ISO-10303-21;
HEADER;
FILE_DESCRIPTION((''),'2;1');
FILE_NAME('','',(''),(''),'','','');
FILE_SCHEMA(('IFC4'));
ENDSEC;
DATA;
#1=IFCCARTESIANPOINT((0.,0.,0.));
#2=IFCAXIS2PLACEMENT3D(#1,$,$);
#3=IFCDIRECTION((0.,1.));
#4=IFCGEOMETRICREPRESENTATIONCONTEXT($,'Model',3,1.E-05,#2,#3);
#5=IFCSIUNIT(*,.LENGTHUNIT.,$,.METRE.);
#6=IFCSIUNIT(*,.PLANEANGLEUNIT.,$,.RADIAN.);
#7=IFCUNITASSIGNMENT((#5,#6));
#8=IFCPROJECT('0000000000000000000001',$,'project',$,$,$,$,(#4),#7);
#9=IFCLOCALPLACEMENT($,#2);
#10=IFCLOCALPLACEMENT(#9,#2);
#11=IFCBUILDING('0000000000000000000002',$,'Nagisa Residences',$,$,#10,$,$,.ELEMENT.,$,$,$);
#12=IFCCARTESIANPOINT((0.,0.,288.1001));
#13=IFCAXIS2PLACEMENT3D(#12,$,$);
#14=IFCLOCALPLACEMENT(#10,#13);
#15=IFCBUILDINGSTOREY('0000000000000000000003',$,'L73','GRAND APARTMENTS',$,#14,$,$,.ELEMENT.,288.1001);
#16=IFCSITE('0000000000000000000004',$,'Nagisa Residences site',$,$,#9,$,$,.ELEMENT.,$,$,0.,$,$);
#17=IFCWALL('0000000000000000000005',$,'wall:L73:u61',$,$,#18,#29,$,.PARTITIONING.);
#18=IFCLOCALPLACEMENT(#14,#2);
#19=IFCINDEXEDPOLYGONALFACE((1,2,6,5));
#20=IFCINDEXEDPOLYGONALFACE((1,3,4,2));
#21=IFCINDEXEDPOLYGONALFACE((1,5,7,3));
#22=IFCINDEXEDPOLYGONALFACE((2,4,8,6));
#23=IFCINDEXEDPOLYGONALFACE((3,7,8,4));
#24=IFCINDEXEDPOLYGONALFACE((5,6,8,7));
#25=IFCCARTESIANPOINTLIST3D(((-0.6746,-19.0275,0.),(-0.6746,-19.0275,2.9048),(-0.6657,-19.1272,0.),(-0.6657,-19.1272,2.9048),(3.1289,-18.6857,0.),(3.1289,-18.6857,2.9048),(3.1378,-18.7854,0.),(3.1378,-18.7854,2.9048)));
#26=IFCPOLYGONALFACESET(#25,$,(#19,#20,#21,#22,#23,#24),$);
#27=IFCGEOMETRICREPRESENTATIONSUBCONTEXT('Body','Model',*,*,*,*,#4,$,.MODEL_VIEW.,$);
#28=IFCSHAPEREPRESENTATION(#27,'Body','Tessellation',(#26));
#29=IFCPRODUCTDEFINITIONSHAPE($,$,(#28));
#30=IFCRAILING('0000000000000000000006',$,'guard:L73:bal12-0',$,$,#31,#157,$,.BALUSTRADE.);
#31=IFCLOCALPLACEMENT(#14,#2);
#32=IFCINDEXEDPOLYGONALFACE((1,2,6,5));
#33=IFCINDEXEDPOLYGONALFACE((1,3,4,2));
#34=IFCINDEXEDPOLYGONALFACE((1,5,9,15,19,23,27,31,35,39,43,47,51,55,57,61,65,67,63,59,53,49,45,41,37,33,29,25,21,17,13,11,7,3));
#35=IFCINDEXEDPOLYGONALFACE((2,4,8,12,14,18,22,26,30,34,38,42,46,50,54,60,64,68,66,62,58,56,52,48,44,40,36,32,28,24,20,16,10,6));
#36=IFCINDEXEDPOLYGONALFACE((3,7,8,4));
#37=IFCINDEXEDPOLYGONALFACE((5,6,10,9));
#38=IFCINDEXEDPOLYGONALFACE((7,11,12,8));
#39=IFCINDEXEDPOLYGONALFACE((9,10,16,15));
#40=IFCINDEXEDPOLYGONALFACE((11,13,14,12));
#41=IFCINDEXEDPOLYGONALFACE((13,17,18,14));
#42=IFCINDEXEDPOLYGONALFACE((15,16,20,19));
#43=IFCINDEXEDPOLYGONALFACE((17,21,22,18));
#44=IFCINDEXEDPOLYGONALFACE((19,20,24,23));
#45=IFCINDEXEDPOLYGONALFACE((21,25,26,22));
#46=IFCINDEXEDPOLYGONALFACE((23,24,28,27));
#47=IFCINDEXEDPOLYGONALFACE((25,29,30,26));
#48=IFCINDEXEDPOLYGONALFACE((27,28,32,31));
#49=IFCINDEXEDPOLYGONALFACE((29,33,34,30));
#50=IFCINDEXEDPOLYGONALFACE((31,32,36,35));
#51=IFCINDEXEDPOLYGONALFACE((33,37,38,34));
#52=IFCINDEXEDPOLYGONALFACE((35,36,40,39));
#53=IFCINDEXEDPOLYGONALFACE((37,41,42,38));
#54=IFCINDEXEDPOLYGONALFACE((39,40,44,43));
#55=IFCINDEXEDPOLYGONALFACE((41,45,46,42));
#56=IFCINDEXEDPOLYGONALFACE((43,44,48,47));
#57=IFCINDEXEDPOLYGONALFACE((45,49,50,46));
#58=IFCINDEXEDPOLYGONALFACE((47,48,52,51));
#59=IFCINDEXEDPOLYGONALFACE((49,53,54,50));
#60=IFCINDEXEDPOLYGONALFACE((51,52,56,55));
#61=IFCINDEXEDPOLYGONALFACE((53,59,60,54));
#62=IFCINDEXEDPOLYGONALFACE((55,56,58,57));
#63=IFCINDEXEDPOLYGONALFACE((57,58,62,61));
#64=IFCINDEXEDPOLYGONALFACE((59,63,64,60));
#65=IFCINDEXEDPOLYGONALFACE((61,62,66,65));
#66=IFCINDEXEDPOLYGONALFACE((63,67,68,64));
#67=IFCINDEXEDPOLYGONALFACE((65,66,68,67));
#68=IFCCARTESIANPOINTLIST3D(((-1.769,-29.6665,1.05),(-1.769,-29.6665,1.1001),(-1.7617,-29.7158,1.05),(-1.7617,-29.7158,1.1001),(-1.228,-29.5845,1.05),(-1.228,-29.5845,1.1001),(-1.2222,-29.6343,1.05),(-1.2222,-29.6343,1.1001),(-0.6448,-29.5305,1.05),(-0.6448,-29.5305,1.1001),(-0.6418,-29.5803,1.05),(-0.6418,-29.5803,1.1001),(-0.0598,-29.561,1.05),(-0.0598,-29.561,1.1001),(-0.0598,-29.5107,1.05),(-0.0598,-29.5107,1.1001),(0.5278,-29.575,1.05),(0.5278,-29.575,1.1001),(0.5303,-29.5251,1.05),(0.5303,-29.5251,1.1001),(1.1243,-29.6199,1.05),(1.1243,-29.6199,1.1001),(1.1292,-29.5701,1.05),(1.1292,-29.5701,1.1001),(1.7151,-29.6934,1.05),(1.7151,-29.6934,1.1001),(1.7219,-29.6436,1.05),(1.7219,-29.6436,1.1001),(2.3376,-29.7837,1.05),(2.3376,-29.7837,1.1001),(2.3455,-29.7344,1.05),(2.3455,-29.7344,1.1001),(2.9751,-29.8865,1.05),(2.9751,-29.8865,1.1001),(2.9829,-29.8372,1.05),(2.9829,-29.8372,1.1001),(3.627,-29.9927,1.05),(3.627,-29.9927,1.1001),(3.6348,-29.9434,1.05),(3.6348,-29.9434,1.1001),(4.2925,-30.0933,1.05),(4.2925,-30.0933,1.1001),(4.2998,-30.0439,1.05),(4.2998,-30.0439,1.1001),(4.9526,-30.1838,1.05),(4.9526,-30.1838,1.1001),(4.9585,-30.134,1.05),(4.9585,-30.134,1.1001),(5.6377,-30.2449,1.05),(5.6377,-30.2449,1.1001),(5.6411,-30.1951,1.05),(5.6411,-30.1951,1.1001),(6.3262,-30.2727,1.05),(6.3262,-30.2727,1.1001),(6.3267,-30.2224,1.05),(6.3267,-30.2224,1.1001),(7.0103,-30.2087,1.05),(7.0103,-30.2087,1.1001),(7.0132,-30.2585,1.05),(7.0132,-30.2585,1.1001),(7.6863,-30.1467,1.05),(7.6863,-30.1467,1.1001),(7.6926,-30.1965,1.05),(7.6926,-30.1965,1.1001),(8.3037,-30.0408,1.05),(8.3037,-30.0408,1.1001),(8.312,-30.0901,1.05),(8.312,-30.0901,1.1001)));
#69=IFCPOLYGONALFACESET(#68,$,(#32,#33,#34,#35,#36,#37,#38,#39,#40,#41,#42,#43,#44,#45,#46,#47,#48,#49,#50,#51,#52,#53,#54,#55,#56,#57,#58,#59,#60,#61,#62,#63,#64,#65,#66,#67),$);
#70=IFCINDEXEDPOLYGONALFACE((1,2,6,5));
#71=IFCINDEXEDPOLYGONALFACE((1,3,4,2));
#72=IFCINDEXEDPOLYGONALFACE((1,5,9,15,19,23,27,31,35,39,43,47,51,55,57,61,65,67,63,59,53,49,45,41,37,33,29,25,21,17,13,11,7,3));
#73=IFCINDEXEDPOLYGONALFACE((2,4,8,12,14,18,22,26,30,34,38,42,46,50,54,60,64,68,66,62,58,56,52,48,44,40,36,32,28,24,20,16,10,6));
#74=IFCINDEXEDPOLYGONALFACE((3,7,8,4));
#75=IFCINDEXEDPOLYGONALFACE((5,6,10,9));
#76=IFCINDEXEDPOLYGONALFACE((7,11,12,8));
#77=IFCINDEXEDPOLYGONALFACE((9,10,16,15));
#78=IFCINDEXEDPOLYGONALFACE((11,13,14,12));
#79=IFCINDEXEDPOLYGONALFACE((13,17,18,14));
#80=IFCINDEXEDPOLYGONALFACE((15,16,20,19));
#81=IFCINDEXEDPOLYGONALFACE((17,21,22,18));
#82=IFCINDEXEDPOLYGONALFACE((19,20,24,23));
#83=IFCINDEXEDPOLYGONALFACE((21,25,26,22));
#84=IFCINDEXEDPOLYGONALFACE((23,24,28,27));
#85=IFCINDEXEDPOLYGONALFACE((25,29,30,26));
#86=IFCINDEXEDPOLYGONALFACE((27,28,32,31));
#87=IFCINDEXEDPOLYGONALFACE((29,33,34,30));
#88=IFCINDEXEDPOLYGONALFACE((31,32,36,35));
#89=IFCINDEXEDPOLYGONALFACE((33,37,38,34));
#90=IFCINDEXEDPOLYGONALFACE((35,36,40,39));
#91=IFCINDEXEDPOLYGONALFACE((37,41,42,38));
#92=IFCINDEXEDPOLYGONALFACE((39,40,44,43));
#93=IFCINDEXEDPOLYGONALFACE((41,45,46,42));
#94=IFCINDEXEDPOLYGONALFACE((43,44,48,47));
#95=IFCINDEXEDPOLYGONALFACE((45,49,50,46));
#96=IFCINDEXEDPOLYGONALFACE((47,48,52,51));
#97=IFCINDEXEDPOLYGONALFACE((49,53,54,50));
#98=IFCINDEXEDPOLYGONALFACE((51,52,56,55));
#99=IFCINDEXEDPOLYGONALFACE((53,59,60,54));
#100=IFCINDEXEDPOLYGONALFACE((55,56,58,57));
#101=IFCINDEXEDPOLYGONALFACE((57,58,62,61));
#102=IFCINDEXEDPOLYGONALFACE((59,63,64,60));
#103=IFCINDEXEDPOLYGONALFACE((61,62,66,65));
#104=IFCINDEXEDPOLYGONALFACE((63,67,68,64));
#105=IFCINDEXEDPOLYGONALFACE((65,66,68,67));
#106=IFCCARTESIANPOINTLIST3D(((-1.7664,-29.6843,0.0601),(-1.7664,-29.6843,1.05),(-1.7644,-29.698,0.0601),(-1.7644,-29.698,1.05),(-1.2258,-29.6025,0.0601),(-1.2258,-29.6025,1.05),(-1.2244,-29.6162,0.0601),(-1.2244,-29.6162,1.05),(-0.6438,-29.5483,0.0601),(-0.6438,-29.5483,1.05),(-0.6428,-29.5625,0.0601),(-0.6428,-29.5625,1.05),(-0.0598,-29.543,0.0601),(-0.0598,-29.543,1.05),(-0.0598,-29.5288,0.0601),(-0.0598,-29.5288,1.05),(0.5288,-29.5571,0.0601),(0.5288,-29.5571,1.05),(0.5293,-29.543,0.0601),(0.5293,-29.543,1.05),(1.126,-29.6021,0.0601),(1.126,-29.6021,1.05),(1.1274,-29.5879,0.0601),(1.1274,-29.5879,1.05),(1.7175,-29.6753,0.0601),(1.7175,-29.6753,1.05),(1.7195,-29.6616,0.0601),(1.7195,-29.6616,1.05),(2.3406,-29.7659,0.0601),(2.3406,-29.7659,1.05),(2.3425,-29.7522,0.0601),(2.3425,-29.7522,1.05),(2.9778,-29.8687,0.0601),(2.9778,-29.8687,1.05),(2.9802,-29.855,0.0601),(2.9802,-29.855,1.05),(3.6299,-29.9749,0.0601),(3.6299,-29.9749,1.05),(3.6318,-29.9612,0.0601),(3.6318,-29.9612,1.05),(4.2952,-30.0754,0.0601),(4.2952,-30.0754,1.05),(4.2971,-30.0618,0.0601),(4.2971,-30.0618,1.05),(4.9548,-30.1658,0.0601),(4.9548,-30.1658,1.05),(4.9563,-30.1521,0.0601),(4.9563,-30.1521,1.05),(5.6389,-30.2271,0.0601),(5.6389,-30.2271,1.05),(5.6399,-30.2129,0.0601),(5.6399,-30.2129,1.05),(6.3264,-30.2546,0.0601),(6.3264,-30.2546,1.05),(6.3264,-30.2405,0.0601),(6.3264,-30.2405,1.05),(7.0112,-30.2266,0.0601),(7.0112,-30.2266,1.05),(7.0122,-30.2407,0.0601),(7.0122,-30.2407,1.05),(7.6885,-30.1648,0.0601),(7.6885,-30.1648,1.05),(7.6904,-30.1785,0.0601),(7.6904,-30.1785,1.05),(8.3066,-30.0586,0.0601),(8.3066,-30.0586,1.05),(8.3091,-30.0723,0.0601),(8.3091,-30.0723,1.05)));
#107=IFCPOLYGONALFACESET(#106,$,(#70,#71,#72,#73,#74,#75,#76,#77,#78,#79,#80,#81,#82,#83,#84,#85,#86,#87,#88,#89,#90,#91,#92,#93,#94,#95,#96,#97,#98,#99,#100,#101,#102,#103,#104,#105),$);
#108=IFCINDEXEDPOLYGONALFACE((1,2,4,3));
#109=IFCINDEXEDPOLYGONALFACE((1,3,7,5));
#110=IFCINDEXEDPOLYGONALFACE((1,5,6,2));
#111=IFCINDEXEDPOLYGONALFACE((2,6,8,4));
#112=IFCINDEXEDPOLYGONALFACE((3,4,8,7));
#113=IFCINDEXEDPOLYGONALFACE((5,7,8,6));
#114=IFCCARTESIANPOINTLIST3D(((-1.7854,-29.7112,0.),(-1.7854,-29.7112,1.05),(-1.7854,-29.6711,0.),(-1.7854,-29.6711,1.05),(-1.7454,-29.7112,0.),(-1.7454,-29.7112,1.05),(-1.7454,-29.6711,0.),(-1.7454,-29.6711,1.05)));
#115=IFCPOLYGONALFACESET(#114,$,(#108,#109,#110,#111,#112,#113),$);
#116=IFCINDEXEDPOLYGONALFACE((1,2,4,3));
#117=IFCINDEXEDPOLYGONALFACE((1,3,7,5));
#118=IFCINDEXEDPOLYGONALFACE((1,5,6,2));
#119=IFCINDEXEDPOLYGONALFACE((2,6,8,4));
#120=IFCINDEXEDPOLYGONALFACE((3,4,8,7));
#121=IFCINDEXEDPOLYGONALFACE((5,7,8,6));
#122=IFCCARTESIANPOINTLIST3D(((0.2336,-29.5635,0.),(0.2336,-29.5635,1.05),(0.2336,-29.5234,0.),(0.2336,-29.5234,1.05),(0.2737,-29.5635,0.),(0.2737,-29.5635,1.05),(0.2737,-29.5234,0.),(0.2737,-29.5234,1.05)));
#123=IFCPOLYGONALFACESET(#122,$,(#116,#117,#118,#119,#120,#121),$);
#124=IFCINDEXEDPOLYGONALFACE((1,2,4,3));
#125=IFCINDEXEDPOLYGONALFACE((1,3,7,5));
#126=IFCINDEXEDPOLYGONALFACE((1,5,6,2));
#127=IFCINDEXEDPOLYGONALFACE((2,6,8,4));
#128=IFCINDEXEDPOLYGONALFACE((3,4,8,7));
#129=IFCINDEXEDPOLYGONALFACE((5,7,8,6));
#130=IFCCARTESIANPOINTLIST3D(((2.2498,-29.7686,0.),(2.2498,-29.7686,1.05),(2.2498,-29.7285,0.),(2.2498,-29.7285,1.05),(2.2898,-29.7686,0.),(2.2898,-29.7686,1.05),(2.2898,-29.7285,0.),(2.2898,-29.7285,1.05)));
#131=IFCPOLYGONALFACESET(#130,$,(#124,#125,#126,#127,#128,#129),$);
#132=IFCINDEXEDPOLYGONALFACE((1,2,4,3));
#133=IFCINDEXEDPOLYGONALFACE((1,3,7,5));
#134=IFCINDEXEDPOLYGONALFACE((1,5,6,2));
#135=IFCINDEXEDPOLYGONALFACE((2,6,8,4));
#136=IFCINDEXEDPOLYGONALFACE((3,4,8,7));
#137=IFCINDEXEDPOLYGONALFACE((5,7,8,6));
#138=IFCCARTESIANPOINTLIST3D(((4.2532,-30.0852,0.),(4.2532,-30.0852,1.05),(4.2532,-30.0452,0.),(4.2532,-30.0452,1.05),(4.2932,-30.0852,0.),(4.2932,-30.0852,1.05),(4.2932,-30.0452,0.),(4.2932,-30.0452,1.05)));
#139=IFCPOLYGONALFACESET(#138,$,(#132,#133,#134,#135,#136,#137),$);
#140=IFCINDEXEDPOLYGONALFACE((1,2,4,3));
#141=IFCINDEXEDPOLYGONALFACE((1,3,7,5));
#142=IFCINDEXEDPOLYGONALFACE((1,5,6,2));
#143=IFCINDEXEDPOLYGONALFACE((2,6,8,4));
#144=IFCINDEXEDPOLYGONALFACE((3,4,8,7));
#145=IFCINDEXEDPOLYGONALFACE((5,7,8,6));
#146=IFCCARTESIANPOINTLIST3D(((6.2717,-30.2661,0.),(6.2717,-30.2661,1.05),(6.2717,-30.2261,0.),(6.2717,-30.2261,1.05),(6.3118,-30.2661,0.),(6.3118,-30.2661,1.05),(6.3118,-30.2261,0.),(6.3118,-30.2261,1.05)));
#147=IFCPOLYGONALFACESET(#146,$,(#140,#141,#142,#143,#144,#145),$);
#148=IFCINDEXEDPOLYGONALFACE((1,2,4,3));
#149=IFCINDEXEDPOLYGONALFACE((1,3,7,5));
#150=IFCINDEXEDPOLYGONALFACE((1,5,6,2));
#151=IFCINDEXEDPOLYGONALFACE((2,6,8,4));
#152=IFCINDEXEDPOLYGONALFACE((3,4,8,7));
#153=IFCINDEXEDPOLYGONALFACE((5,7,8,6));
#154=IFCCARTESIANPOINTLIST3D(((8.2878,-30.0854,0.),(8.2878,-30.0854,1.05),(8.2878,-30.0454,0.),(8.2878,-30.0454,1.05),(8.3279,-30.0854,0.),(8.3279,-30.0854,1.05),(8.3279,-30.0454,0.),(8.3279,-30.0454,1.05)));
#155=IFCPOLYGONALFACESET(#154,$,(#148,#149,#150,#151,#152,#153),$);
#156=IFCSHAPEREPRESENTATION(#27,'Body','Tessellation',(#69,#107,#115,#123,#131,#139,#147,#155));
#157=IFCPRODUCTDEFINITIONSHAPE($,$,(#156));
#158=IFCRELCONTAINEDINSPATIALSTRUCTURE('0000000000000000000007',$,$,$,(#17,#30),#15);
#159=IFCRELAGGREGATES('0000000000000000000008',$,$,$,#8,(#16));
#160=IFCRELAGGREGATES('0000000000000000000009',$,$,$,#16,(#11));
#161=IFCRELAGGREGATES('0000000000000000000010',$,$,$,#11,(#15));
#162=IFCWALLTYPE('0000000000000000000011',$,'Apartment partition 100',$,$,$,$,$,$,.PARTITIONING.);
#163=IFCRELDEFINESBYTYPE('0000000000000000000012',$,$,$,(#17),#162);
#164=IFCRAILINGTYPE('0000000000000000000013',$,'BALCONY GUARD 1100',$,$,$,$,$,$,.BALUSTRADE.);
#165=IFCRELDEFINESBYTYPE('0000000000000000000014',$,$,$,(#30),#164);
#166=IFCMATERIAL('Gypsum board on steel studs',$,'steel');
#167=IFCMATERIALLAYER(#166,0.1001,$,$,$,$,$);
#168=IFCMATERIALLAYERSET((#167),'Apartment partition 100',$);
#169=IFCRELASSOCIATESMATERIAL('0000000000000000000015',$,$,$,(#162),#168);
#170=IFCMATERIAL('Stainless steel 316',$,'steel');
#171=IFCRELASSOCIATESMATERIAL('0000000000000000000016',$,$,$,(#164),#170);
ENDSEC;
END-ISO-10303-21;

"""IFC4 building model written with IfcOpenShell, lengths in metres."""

from ifc_helpers import new_model, si_unit, direction, frame, frame_2d, origin, origin_2d, place, context, subcontext, project, spatial, polyline, rectangle, outline, extrude, material, layer, layer_set, type_object, element, save


model = new_model("IFC4")

# Units and contexts
model_context = context("Model", 3, precision=1e-05, world=origin(), true_north=direction((0.0, 1.0)))
body_context = subcontext(model_context, "Body", "Model", "MODEL_VIEW")
ifc_project = project(units=[si_unit("LENGTHUNIT", "METRE"), si_unit("PLANEANGLEUNIT", "RADIAN")], contexts=[model_context])

# Site, building, storey
site_placement = place(None, origin())
site = spatial("IfcSite", under=ifc_project, at=site_placement, Name="Nagisa Residences site", CompositionType="ELEMENT", RefElevation=0.0)
building_placement = place(site_placement, origin())
building = spatial("IfcBuilding", under=site, at=building_placement, Name="Nagisa Residences", CompositionType="ELEMENT")
storey_placement = place(building_placement, frame((0.0, 0.0, 288.1001)))
storey = spatial("IfcBuildingStorey", under=building, at=storey_placement, Name="L73", Description="GRAND APARTMENTS", CompositionType="ELEMENT", Elevation=288.1001)

# Shared definitions
ifc_material_1 = material(Name="Gypsum board on steel studs", Category="steel")
ifc_layer_1 = layer(ifc_material_1, 0.1001)
ifc_layer_set_1 = layer_set([ifc_layer_1], Name="Apartment partition 100")
wall_type_1 = type_object("IfcWallType", Name="Apartment partition 100", PredefinedType="PARTITIONING", material=ifc_layer_set_1)

# Wall
wall_1_placement = place(storey_placement, frame((-0.6702, -19.0774, 0.0), z_axis=(0.0, 0.0, 1.0), x_axis=(0.995986, 0.089504, 0.0)))
element("IfcWall", 1, at=wall_1_placement, inside=storey, type_object=wall_type_1, Name="wall:L73:u61", PredefinedType="PARTITIONING", context=body_context, shape_type="SweptSolid", body=[
    extrude(rectangle(XDim=3.8188, YDim=0.1001, at=frame_2d((1.9094, 0.0))), origin(), (0.0, 0.0, 1.0), 2.9048),
])

# Railing
ifc_material_2 = material(Name="Stainless steel 316", Category="steel")
railing_type = type_object("IfcRailingType", Name="BALCONY GUARD 1100", PredefinedType="BALUSTRADE", material=ifc_material_2)
railing_placement = place(storey_placement, frame((-1.7654, -29.6912, 0.0)))
element("IfcRailing", 2, at=railing_placement, inside=storey, type_object=railing_type, Name="guard:L73:bal12-0", PredefinedType="BALUSTRADE", context=body_context, shape_type="SweptSolid", body=[
    extrude(outline(polyline([(0.5374, 0.1067), (-0.0037, 0.0247), (0.0037, -0.0247), (0.5432, 0.0569), (1.1235, 0.1108), (1.7056, 0.1301), (2.2932, 0.1162), (2.8896, 0.0713), (3.4805, -0.0022), (4.103, -0.0925), (4.7405, -0.1953), (5.3923, -0.3015), (6.0579, -0.4021), (6.718, -0.4927), (7.4031, -0.5537), (8.0916, -0.5815), (8.7786, -0.5674), (9.458, -0.5054), (10.0774, -0.3989), (10.0691, -0.3496), (9.4517, -0.4556), (8.7756, -0.5176), (8.092, -0.5312), (7.4065, -0.5039), (6.7239, -0.4429), (6.0652, -0.3528), (5.4001, -0.2522), (4.7483, -0.146), (4.1108, -0.0432), (3.4873, 0.0476), (2.8945, 0.1211), (2.2957, 0.166), (1.7056, 0.1804), (1.1206, 0.1606), (0.5374, 0.1067)])), frame((0.0, 0.0, 1.05)), (0.0, 0.0, 1.0), 0.05),
    extrude(outline(polyline([(0.5396, 0.0886), (-0.001, 0.0068), (0.001, -0.0068), (0.541, 0.075), (1.1226, 0.1287), (1.7056, 0.1482), (2.2942, 0.134), (2.8914, 0.0891), (3.4829, 0.0159), (4.106, -0.0747), (4.7432, -0.1775), (5.3953, -0.2837), (6.0605, -0.3843), (6.7202, -0.4746), (7.4043, -0.5359), (8.0918, -0.5635), (8.7776, -0.5496), (9.4558, -0.4873), (10.0745, -0.3811), (10.072, -0.3674), (9.4539, -0.4736), (8.7766, -0.5354), (8.0918, -0.5493), (7.4053, -0.5217), (6.7217, -0.4609), (6.0625, -0.3706), (5.3972, -0.27), (4.7456, -0.1638), (4.1079, -0.061), (3.4849, 0.0295), (2.8928, 0.1033), (2.2947, 0.1482), (1.7056, 0.1624), (1.1216, 0.1428), (0.5396, 0.0886)])), frame((0.0, 0.0, 0.0601)), (0.0, 0.0, 1.0), 0.99),
    extrude(rectangle(XDim=0.04, YDim=0.04, at=origin_2d()), origin(), (0.0, 0.0, 1.0), 1.05),
    extrude(rectangle(XDim=0.04, YDim=0.04, at=origin_2d()), frame((2.019, 0.1477, 0.0)), (0.0, 0.0, 1.0), 1.05),
    extrude(rectangle(XDim=0.04, YDim=0.04, at=origin_2d()), frame((4.0352, -0.0574, 0.0)), (0.0, 0.0, 1.0), 1.05),
    extrude(rectangle(XDim=0.04, YDim=0.04, at=origin_2d()), frame((6.0386, -0.374, 0.0)), (0.0, 0.0, 1.0), 1.05),
    extrude(rectangle(XDim=0.04, YDim=0.04, at=origin_2d()), frame((8.0571, -0.5549, 0.0)), (0.0, 0.0, 1.0), 1.05),
    extrude(rectangle(XDim=0.04, YDim=0.04, at=origin_2d()), frame((10.0732, -0.3743, 0.0)), (0.0, 0.0, 1.0), 1.05),
])

save(model, "model.ifc")
